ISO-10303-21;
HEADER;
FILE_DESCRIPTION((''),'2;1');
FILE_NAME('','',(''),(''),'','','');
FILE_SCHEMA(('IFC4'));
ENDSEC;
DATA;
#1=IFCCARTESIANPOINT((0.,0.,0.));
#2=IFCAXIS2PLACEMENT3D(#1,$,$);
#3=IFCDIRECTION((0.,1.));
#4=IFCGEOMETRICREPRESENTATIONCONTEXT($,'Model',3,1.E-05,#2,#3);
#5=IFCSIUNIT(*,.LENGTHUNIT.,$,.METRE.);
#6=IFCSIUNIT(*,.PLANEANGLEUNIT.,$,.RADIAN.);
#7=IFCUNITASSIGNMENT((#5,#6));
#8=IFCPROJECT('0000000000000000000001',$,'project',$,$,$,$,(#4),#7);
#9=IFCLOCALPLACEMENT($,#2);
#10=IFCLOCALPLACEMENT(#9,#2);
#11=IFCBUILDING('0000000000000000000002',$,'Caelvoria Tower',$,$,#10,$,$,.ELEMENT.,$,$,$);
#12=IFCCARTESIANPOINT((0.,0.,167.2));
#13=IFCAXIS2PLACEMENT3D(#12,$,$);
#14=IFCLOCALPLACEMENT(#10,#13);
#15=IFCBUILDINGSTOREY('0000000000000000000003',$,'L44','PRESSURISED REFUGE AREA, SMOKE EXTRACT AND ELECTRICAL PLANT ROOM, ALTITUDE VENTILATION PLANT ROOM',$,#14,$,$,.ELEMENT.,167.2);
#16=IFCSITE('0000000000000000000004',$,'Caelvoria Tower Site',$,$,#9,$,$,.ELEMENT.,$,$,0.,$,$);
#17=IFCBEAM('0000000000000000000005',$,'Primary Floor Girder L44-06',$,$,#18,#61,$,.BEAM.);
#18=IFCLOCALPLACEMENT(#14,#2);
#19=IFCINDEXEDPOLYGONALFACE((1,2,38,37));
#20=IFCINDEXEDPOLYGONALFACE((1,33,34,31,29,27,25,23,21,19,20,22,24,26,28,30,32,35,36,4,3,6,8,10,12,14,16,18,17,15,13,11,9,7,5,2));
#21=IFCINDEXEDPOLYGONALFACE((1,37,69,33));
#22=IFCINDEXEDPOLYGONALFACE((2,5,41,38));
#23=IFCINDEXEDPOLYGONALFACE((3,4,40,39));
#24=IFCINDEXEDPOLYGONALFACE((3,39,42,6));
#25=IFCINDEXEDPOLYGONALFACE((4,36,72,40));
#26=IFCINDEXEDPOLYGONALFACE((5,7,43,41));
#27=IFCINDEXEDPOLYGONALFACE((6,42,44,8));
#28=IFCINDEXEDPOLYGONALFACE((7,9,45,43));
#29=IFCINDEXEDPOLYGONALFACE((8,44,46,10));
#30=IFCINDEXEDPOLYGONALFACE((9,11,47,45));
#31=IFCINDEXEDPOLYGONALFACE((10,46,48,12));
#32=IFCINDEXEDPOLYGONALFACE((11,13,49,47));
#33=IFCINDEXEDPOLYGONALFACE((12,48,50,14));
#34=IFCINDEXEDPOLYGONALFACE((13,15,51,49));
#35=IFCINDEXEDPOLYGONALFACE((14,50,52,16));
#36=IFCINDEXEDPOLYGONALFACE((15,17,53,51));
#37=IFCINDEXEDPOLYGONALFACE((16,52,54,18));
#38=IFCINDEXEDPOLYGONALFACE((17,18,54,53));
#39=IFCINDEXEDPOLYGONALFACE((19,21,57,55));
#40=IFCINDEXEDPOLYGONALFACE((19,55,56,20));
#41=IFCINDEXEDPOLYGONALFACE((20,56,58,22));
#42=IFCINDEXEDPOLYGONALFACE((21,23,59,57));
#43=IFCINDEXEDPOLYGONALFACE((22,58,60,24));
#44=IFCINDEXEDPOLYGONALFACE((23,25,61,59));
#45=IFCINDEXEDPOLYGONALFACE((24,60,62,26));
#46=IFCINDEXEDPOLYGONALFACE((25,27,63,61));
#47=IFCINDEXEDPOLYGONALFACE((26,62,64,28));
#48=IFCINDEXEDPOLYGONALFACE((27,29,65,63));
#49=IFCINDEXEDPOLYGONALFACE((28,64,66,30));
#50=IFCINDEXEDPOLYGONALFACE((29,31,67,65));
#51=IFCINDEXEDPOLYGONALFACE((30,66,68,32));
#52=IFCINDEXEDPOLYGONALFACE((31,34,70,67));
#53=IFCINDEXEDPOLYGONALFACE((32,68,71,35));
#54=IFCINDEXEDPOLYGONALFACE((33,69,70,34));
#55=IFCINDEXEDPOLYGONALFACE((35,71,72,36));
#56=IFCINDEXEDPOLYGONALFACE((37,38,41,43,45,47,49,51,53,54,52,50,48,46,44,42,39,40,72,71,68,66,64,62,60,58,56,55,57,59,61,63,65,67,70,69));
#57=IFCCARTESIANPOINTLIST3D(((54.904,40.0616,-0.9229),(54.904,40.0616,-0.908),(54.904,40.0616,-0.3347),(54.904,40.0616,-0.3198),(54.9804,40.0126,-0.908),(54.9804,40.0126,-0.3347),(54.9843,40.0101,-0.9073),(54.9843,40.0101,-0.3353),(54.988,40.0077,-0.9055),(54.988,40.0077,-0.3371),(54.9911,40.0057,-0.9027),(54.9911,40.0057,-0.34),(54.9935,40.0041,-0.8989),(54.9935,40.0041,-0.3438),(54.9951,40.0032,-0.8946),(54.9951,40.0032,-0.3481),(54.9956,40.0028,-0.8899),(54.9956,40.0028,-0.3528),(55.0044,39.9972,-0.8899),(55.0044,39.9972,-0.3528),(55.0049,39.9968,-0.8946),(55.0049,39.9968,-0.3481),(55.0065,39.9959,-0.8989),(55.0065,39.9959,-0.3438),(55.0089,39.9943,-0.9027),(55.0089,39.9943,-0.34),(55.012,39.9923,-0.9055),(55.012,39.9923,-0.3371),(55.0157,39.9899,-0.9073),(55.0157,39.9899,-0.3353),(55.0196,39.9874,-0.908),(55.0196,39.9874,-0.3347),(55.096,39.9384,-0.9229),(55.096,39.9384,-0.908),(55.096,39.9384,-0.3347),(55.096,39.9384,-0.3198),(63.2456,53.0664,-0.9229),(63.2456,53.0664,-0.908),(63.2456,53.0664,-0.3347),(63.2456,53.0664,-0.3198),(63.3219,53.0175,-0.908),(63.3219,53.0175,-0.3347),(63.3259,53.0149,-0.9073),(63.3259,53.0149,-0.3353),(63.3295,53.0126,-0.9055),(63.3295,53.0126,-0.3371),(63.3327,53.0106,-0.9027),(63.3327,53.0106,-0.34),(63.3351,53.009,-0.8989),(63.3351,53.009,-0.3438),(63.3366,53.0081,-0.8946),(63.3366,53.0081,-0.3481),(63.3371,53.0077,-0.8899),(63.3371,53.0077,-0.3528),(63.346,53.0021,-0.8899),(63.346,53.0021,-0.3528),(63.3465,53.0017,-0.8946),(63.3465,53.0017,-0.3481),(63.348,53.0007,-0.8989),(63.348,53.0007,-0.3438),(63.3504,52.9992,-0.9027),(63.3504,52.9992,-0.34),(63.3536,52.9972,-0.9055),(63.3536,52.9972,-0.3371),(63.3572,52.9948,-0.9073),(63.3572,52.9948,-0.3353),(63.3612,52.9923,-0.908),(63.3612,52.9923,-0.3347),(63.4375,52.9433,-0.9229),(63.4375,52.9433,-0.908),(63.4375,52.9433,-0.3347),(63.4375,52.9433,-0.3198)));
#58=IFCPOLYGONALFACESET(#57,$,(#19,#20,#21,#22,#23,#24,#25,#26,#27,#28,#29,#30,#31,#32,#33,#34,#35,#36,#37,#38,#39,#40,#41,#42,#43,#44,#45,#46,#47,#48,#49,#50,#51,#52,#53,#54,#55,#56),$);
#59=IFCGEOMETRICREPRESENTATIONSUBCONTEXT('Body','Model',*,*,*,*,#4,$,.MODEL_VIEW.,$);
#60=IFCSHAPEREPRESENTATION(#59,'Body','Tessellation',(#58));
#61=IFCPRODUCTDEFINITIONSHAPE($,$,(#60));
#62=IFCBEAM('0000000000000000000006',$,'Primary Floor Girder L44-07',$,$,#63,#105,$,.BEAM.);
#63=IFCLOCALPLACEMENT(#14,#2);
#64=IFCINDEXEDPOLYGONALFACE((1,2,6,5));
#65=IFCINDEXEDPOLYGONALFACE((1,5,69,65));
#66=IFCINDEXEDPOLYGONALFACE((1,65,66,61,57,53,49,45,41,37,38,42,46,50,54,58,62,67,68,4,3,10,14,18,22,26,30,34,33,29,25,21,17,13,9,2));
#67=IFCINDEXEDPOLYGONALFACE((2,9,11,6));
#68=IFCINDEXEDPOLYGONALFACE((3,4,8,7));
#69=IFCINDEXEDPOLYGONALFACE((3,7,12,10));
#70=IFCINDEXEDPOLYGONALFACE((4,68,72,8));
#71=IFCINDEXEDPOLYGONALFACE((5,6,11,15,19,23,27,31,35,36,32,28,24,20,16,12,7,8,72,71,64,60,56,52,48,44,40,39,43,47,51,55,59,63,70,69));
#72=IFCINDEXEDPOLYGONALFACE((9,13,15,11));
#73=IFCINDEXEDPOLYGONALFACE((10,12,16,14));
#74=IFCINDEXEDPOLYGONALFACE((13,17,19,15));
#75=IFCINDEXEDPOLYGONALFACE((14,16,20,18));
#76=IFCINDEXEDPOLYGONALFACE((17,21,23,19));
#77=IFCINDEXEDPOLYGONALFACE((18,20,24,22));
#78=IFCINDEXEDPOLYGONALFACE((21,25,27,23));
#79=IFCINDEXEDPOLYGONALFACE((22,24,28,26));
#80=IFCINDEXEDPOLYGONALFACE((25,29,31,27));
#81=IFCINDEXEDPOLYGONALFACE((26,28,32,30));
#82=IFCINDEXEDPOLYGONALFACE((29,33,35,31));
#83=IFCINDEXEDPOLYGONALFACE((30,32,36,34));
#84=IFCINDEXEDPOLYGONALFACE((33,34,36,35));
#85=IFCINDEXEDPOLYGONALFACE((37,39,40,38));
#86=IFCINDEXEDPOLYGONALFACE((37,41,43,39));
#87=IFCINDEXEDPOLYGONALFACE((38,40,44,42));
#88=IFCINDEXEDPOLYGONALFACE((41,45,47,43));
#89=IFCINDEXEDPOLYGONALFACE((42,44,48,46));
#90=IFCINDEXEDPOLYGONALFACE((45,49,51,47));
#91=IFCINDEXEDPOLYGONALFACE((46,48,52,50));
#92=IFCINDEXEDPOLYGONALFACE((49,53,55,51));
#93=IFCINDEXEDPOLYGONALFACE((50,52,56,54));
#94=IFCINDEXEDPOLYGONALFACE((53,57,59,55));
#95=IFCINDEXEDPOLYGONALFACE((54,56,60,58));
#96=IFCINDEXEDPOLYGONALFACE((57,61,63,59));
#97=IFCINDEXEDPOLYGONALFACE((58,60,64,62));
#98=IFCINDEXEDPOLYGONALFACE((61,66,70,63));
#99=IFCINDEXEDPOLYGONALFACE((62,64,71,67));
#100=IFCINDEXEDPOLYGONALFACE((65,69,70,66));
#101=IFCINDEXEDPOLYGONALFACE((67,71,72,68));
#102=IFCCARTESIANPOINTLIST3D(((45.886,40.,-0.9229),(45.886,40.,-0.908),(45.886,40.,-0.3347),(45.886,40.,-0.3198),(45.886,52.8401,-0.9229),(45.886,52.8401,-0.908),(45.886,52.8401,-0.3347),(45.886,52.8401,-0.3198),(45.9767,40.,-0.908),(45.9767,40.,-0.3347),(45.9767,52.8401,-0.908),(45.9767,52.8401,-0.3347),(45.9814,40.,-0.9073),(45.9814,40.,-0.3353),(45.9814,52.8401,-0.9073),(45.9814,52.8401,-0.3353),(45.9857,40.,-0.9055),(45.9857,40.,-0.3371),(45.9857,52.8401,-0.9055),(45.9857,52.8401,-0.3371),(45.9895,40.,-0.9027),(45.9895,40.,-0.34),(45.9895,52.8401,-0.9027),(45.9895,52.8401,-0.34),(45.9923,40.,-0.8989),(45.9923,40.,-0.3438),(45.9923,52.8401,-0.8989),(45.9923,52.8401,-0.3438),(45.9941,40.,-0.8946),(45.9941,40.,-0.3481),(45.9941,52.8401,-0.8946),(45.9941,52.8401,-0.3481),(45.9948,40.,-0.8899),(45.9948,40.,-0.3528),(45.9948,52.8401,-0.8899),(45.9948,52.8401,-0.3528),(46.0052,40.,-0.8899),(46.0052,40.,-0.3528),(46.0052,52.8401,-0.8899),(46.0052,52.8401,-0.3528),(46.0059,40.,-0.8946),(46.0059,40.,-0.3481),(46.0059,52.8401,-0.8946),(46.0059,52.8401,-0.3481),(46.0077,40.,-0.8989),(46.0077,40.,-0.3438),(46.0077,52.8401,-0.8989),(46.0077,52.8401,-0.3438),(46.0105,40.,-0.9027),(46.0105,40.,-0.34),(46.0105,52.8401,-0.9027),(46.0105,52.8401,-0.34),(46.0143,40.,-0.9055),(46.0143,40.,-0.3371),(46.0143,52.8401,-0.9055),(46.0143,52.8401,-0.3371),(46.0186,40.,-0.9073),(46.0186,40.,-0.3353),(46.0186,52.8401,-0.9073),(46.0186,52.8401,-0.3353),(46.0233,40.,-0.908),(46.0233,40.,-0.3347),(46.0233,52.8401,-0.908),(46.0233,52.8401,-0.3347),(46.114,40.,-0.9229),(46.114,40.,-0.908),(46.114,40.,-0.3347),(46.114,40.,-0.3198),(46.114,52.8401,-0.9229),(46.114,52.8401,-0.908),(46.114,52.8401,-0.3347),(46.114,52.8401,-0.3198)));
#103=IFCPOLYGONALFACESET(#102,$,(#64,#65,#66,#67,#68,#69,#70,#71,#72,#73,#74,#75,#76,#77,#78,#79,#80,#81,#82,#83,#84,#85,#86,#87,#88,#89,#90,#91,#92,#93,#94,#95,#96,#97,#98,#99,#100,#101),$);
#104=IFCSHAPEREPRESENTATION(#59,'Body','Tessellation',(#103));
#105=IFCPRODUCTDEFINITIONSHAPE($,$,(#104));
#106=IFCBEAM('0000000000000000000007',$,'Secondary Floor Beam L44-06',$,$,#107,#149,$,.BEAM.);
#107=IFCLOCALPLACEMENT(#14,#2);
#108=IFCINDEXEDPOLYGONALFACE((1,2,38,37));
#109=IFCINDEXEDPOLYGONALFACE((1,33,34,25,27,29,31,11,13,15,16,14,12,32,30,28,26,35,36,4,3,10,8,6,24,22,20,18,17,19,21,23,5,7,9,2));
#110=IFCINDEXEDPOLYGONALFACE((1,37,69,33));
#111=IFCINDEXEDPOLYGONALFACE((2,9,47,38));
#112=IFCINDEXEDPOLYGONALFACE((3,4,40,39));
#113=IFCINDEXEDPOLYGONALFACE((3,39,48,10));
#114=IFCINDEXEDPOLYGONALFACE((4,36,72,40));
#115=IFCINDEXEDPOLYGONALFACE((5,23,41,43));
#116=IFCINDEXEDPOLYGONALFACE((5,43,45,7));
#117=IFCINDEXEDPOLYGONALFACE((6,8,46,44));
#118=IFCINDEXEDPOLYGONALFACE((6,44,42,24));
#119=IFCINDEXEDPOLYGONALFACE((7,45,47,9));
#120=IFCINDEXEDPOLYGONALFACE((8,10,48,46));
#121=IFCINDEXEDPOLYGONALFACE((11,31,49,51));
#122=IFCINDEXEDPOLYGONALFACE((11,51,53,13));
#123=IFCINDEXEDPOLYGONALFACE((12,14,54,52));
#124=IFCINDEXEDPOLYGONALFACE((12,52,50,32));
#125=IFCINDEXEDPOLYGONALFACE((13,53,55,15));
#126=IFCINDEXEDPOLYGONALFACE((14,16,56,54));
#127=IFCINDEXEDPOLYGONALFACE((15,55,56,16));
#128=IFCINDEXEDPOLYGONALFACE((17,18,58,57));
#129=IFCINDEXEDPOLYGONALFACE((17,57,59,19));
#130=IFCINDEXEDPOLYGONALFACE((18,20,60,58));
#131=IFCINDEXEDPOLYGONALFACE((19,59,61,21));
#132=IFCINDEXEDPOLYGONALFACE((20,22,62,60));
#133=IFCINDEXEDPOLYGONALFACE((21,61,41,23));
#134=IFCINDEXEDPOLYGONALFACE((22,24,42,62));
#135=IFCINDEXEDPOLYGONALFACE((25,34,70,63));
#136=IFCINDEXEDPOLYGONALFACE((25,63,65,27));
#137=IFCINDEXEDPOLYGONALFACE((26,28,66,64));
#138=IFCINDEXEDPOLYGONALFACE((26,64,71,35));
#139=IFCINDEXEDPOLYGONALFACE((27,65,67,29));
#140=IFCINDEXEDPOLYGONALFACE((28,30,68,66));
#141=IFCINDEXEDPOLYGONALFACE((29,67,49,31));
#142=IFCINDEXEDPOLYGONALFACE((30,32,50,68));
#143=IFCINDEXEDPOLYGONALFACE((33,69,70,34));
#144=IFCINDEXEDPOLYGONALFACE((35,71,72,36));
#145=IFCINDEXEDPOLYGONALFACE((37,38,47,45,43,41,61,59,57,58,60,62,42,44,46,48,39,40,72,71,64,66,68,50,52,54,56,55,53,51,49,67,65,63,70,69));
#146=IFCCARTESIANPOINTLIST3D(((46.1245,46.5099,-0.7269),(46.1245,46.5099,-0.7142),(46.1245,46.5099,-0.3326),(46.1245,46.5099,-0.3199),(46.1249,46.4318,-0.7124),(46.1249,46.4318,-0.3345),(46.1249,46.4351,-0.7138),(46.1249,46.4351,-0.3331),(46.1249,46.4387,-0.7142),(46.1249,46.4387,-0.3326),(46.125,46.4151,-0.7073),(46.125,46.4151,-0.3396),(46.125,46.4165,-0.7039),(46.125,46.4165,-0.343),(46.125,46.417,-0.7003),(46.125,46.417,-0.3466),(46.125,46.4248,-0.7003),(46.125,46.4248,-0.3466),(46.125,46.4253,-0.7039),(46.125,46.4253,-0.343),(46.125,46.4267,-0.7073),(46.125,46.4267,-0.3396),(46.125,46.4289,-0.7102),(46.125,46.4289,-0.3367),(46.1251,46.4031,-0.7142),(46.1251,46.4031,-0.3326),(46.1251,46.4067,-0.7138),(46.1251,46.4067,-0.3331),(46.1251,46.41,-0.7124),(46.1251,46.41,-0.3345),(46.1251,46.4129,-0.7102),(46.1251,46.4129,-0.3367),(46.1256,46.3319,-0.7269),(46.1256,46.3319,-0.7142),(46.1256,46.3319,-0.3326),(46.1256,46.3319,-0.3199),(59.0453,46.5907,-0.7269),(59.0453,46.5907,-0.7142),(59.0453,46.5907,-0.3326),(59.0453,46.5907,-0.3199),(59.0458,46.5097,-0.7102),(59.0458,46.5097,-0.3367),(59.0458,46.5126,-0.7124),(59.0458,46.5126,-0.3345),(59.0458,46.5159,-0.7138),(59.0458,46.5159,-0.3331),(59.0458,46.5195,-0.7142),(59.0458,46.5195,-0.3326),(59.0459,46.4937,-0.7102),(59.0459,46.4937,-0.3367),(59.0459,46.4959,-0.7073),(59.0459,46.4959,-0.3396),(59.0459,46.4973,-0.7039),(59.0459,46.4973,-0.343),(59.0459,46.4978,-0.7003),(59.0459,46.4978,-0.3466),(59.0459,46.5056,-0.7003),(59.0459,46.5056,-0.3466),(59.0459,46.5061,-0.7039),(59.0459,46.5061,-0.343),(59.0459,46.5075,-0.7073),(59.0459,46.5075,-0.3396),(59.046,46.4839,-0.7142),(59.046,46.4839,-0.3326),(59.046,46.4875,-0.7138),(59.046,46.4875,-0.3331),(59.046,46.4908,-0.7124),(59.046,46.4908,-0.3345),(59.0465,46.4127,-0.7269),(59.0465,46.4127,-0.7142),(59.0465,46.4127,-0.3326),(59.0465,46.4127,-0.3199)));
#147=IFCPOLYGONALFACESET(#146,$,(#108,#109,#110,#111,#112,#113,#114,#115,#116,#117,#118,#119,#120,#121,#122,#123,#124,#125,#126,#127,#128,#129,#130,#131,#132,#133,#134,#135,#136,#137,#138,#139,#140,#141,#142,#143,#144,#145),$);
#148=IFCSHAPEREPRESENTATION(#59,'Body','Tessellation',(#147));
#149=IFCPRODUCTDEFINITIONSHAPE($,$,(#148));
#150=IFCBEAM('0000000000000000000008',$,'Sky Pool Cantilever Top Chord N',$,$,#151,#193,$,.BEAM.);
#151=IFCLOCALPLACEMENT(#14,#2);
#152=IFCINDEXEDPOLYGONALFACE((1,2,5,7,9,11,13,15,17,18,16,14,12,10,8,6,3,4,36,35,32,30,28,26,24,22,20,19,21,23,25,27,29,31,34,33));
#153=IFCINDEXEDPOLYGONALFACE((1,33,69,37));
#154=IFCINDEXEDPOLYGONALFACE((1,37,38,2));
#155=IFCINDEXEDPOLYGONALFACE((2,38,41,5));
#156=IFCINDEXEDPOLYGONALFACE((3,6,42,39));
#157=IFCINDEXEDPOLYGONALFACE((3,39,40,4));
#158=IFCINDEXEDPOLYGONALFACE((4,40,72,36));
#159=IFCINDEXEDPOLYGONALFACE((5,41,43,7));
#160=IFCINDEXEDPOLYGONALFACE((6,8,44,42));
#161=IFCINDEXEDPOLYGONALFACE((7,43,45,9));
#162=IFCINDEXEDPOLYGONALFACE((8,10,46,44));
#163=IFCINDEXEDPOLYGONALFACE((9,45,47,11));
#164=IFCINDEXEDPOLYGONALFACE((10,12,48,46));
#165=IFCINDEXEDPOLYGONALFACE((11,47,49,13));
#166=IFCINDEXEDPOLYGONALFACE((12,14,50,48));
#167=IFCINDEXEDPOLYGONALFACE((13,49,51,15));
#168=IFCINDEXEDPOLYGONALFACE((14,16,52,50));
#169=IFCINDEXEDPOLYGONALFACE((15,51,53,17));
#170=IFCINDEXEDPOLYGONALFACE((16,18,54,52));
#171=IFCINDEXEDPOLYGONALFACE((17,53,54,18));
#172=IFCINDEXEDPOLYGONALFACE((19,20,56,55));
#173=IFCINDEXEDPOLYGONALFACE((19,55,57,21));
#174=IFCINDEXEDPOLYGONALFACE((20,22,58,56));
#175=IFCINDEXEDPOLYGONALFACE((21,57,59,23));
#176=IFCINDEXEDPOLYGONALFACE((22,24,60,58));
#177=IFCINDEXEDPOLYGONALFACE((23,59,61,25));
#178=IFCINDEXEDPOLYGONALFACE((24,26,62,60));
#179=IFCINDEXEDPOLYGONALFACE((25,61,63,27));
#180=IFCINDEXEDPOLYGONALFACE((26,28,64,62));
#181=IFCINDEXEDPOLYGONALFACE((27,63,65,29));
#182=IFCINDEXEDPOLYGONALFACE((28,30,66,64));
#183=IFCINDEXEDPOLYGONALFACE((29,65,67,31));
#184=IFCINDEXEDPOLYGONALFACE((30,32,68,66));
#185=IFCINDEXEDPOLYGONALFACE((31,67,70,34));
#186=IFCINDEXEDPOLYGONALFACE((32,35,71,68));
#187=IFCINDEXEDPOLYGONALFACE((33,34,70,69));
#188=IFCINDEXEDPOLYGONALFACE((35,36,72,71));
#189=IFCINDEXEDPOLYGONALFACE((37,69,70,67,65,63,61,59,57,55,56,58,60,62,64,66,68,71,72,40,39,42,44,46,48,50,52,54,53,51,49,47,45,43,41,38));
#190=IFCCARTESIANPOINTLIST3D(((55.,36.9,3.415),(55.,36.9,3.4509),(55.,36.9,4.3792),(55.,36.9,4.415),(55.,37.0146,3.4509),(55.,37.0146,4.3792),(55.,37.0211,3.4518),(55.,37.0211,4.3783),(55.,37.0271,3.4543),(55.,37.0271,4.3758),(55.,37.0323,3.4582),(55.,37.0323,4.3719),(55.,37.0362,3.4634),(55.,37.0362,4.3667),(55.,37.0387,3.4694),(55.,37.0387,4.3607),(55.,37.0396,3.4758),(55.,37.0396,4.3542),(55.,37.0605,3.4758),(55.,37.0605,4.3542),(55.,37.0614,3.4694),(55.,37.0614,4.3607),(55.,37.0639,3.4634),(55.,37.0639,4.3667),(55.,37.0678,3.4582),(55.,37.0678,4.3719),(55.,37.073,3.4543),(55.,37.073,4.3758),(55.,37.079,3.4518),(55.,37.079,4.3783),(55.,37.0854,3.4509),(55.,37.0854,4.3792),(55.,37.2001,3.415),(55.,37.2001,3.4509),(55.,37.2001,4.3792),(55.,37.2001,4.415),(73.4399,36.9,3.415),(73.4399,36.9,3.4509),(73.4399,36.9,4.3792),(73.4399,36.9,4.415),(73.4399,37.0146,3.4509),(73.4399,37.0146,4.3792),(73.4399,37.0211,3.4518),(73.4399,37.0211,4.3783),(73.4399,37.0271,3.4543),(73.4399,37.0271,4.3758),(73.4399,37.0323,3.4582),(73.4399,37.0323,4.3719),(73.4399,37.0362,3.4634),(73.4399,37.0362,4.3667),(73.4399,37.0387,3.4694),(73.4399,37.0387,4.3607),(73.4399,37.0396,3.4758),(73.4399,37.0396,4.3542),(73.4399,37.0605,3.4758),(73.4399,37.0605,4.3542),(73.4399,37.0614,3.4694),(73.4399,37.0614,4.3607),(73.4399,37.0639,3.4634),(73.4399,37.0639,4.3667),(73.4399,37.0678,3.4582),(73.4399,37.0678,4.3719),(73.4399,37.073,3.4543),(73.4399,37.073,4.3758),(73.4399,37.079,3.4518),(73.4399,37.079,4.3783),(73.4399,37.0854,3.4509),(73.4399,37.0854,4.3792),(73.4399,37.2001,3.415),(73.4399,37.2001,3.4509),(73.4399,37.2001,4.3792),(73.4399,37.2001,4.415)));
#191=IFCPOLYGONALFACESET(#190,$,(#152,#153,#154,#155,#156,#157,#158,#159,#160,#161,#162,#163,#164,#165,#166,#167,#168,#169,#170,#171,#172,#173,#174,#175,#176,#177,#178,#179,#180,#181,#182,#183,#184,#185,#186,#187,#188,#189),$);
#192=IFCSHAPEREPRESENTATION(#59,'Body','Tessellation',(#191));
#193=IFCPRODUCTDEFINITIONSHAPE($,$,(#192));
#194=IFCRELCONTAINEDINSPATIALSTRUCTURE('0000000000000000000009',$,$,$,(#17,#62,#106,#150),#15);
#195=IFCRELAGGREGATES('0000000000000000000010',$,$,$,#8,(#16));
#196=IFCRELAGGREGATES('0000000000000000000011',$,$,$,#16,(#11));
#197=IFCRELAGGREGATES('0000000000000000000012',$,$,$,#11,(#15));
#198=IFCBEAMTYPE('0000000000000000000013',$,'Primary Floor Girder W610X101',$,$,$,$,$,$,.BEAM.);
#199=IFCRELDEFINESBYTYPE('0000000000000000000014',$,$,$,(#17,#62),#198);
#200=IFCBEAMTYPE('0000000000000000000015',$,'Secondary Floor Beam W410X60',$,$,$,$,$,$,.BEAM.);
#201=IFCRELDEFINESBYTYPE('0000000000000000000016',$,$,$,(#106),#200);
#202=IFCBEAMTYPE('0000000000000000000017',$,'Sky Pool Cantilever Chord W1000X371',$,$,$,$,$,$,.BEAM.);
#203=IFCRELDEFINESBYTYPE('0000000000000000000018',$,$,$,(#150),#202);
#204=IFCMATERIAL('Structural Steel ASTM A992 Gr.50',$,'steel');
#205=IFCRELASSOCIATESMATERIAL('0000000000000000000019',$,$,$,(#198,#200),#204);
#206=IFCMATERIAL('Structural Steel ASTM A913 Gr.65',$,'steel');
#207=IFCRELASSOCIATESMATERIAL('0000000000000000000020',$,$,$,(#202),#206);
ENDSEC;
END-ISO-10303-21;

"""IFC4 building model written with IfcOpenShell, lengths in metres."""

from ifc_helpers import new_model, si_unit, direction, frame, origin, origin_2d, place, context, subcontext, project, spatial, i_section, extrude, material, material_profile, profile_set, type_object, element, save


model = new_model("IFC4")

# Units and contexts
model_context = context("Model", 3, precision=1e-05, world=origin(), true_north=direction((0.0, 1.0)))
body_context = subcontext(model_context, "Body", "Model", "MODEL_VIEW")
ifc_project = project(units=[si_unit("LENGTHUNIT", "METRE"), si_unit("PLANEANGLEUNIT", "RADIAN")], contexts=[model_context])

# Site, building, storey
site_placement = place(None, origin())
site = spatial("IfcSite", under=ifc_project, at=site_placement, Name="Caelvoria Tower Site", CompositionType="ELEMENT", RefElevation=0.0)
building_placement = place(site_placement, origin())
building = spatial("IfcBuilding", under=site, at=building_placement, Name="Caelvoria Tower", CompositionType="ELEMENT")
storey_placement = place(building_placement, frame((0.0, 0.0, 167.2)))
storey = spatial("IfcBuildingStorey", under=building, at=storey_placement, Name="L44", Description="PRESSURISED REFUGE AREA, SMOKE EXTRACT AND ELECTRICAL PLANT ROOM, ALTITUDE VENTILATION PLANT ROOM", CompositionType="ELEMENT", Elevation=167.2)

# Shared definitions
ifc_material_1 = material(Name="Structural Steel ASTM A992 Gr.50", Category="steel")

# Beams
ifc_material_profile_1 = material_profile(ifc_material_1, i_section(OverallWidth=0.228, OverallDepth=0.603, WebThickness=0.0105, FlangeThickness=0.0149, FilletRadius=0.0181, at=origin_2d()), Name="Structural Steel ASTM A992 Gr.50")
ifc_profile_set_1 = profile_set([ifc_material_profile_1], Name="W610X101 - Structural Steel ASTM A992 Gr.50")
beam_type_1 = type_object("IfcBeamType", Name="Primary Floor Girder W610X101", PredefinedType="BEAM", material=ifc_profile_set_1)
beam_1_placement = place(storey_placement, frame((55.0, 40.0, -0.6213), z_axis=(0.5399, 0.841729, 0.0), x_axis=(-0.841729, 0.5399, 0.0)))
element("IfcBeam", 1, at=beam_1_placement, inside=storey, type_object=beam_type_1, Name="Primary Floor Girder L44-06", PredefinedType="BEAM", context=body_context, shape_type="SweptSolid", body=[
    extrude(i_section(OverallWidth=0.228, OverallDepth=0.603, WebThickness=0.0105, FlangeThickness=0.0149, FilletRadius=0.0181, at=origin_2d()), origin(), (0.0, 0.0, 1.0), 15.4502),
])
beam_2_placement = place(storey_placement, frame((46.0, 40.0, -0.6213), z_axis=(0.0, 1.0, 0.0), x_axis=(-1.0, 0.0, 0.0)))
element("IfcBeam", 2, at=beam_2_placement, inside=storey, type_object=beam_type_1, Name="Primary Floor Girder L44-07", PredefinedType="BEAM", context=body_context, shape_type="SweptSolid", body=[
    extrude(i_section(OverallWidth=0.228, OverallDepth=0.603, WebThickness=0.0105, FlangeThickness=0.0149, FilletRadius=0.0181, at=origin_2d()), origin(), (0.0, 0.0, 1.0), 12.8401),
])
ifc_material_profile_2 = material_profile(ifc_material_1, i_section(OverallWidth=0.178, OverallDepth=0.407, WebThickness=0.0078, FlangeThickness=0.0127, FilletRadius=0.0139, at=origin_2d()), Name="Structural Steel ASTM A992 Gr.50")
ifc_profile_set_2 = profile_set([ifc_material_profile_2], Name="W410X60 - Structural Steel ASTM A992 Gr.50")
beam_type_2 = type_object("IfcBeamType", Name="Secondary Floor Beam W410X60", PredefinedType="BEAM", material=ifc_profile_set_2)
beam_3_placement = place(storey_placement, frame((59.0459, 46.5017, -0.5234), z_axis=(-0.99998, -0.006254, 0.0), x_axis=(0.006254, -0.99998, 0.0)))
element("IfcBeam", 3, at=beam_3_placement, inside=storey, type_object=beam_type_2, Name="Secondary Floor Beam L44-06", PredefinedType="BEAM", context=body_context, shape_type="SweptSolid", body=[
    extrude(i_section(OverallWidth=0.178, OverallDepth=0.407, WebThickness=0.0078, FlangeThickness=0.0127, FilletRadius=0.0139, at=origin_2d()), origin(), (0.0, 0.0, 1.0), 12.9211),
])
ifc_material_2 = material(Name="Structural Steel ASTM A913 Gr.65", Category="steel")
ifc_material_profile_3 = material_profile(ifc_material_2, i_section(OverallWidth=0.3, OverallDepth=1.0, WebThickness=0.021, FlangeThickness=0.0359, FilletRadius=0.0249, at=origin_2d()), Name="Structural Steel ASTM A913 Gr.65")
ifc_profile_set_3 = profile_set([ifc_material_profile_3], Name="W1000X371 - Structural Steel ASTM A913 Gr.65")
beam_type_3 = type_object("IfcBeamType", Name="Sky Pool Cantilever Chord W1000X371", PredefinedType="BEAM", material=ifc_profile_set_3)
beam_4_placement = place(storey_placement, frame((55.0, 37.05, 3.915), z_axis=(1.0, 0.0, 0.0), x_axis=(0.0, 1.0, 0.0)))
element("IfcBeam", 4, at=beam_4_placement, inside=storey, type_object=beam_type_3, Name="Sky Pool Cantilever Top Chord N", PredefinedType="BEAM", context=body_context, shape_type="SweptSolid", body=[
    extrude(i_section(OverallWidth=0.3, OverallDepth=1.0, WebThickness=0.021, FlangeThickness=0.0359, FilletRadius=0.0249, at=origin_2d()), origin(), (0.0, 0.0, 1.0), 18.4399),
])

save(model, "model.ifc")
